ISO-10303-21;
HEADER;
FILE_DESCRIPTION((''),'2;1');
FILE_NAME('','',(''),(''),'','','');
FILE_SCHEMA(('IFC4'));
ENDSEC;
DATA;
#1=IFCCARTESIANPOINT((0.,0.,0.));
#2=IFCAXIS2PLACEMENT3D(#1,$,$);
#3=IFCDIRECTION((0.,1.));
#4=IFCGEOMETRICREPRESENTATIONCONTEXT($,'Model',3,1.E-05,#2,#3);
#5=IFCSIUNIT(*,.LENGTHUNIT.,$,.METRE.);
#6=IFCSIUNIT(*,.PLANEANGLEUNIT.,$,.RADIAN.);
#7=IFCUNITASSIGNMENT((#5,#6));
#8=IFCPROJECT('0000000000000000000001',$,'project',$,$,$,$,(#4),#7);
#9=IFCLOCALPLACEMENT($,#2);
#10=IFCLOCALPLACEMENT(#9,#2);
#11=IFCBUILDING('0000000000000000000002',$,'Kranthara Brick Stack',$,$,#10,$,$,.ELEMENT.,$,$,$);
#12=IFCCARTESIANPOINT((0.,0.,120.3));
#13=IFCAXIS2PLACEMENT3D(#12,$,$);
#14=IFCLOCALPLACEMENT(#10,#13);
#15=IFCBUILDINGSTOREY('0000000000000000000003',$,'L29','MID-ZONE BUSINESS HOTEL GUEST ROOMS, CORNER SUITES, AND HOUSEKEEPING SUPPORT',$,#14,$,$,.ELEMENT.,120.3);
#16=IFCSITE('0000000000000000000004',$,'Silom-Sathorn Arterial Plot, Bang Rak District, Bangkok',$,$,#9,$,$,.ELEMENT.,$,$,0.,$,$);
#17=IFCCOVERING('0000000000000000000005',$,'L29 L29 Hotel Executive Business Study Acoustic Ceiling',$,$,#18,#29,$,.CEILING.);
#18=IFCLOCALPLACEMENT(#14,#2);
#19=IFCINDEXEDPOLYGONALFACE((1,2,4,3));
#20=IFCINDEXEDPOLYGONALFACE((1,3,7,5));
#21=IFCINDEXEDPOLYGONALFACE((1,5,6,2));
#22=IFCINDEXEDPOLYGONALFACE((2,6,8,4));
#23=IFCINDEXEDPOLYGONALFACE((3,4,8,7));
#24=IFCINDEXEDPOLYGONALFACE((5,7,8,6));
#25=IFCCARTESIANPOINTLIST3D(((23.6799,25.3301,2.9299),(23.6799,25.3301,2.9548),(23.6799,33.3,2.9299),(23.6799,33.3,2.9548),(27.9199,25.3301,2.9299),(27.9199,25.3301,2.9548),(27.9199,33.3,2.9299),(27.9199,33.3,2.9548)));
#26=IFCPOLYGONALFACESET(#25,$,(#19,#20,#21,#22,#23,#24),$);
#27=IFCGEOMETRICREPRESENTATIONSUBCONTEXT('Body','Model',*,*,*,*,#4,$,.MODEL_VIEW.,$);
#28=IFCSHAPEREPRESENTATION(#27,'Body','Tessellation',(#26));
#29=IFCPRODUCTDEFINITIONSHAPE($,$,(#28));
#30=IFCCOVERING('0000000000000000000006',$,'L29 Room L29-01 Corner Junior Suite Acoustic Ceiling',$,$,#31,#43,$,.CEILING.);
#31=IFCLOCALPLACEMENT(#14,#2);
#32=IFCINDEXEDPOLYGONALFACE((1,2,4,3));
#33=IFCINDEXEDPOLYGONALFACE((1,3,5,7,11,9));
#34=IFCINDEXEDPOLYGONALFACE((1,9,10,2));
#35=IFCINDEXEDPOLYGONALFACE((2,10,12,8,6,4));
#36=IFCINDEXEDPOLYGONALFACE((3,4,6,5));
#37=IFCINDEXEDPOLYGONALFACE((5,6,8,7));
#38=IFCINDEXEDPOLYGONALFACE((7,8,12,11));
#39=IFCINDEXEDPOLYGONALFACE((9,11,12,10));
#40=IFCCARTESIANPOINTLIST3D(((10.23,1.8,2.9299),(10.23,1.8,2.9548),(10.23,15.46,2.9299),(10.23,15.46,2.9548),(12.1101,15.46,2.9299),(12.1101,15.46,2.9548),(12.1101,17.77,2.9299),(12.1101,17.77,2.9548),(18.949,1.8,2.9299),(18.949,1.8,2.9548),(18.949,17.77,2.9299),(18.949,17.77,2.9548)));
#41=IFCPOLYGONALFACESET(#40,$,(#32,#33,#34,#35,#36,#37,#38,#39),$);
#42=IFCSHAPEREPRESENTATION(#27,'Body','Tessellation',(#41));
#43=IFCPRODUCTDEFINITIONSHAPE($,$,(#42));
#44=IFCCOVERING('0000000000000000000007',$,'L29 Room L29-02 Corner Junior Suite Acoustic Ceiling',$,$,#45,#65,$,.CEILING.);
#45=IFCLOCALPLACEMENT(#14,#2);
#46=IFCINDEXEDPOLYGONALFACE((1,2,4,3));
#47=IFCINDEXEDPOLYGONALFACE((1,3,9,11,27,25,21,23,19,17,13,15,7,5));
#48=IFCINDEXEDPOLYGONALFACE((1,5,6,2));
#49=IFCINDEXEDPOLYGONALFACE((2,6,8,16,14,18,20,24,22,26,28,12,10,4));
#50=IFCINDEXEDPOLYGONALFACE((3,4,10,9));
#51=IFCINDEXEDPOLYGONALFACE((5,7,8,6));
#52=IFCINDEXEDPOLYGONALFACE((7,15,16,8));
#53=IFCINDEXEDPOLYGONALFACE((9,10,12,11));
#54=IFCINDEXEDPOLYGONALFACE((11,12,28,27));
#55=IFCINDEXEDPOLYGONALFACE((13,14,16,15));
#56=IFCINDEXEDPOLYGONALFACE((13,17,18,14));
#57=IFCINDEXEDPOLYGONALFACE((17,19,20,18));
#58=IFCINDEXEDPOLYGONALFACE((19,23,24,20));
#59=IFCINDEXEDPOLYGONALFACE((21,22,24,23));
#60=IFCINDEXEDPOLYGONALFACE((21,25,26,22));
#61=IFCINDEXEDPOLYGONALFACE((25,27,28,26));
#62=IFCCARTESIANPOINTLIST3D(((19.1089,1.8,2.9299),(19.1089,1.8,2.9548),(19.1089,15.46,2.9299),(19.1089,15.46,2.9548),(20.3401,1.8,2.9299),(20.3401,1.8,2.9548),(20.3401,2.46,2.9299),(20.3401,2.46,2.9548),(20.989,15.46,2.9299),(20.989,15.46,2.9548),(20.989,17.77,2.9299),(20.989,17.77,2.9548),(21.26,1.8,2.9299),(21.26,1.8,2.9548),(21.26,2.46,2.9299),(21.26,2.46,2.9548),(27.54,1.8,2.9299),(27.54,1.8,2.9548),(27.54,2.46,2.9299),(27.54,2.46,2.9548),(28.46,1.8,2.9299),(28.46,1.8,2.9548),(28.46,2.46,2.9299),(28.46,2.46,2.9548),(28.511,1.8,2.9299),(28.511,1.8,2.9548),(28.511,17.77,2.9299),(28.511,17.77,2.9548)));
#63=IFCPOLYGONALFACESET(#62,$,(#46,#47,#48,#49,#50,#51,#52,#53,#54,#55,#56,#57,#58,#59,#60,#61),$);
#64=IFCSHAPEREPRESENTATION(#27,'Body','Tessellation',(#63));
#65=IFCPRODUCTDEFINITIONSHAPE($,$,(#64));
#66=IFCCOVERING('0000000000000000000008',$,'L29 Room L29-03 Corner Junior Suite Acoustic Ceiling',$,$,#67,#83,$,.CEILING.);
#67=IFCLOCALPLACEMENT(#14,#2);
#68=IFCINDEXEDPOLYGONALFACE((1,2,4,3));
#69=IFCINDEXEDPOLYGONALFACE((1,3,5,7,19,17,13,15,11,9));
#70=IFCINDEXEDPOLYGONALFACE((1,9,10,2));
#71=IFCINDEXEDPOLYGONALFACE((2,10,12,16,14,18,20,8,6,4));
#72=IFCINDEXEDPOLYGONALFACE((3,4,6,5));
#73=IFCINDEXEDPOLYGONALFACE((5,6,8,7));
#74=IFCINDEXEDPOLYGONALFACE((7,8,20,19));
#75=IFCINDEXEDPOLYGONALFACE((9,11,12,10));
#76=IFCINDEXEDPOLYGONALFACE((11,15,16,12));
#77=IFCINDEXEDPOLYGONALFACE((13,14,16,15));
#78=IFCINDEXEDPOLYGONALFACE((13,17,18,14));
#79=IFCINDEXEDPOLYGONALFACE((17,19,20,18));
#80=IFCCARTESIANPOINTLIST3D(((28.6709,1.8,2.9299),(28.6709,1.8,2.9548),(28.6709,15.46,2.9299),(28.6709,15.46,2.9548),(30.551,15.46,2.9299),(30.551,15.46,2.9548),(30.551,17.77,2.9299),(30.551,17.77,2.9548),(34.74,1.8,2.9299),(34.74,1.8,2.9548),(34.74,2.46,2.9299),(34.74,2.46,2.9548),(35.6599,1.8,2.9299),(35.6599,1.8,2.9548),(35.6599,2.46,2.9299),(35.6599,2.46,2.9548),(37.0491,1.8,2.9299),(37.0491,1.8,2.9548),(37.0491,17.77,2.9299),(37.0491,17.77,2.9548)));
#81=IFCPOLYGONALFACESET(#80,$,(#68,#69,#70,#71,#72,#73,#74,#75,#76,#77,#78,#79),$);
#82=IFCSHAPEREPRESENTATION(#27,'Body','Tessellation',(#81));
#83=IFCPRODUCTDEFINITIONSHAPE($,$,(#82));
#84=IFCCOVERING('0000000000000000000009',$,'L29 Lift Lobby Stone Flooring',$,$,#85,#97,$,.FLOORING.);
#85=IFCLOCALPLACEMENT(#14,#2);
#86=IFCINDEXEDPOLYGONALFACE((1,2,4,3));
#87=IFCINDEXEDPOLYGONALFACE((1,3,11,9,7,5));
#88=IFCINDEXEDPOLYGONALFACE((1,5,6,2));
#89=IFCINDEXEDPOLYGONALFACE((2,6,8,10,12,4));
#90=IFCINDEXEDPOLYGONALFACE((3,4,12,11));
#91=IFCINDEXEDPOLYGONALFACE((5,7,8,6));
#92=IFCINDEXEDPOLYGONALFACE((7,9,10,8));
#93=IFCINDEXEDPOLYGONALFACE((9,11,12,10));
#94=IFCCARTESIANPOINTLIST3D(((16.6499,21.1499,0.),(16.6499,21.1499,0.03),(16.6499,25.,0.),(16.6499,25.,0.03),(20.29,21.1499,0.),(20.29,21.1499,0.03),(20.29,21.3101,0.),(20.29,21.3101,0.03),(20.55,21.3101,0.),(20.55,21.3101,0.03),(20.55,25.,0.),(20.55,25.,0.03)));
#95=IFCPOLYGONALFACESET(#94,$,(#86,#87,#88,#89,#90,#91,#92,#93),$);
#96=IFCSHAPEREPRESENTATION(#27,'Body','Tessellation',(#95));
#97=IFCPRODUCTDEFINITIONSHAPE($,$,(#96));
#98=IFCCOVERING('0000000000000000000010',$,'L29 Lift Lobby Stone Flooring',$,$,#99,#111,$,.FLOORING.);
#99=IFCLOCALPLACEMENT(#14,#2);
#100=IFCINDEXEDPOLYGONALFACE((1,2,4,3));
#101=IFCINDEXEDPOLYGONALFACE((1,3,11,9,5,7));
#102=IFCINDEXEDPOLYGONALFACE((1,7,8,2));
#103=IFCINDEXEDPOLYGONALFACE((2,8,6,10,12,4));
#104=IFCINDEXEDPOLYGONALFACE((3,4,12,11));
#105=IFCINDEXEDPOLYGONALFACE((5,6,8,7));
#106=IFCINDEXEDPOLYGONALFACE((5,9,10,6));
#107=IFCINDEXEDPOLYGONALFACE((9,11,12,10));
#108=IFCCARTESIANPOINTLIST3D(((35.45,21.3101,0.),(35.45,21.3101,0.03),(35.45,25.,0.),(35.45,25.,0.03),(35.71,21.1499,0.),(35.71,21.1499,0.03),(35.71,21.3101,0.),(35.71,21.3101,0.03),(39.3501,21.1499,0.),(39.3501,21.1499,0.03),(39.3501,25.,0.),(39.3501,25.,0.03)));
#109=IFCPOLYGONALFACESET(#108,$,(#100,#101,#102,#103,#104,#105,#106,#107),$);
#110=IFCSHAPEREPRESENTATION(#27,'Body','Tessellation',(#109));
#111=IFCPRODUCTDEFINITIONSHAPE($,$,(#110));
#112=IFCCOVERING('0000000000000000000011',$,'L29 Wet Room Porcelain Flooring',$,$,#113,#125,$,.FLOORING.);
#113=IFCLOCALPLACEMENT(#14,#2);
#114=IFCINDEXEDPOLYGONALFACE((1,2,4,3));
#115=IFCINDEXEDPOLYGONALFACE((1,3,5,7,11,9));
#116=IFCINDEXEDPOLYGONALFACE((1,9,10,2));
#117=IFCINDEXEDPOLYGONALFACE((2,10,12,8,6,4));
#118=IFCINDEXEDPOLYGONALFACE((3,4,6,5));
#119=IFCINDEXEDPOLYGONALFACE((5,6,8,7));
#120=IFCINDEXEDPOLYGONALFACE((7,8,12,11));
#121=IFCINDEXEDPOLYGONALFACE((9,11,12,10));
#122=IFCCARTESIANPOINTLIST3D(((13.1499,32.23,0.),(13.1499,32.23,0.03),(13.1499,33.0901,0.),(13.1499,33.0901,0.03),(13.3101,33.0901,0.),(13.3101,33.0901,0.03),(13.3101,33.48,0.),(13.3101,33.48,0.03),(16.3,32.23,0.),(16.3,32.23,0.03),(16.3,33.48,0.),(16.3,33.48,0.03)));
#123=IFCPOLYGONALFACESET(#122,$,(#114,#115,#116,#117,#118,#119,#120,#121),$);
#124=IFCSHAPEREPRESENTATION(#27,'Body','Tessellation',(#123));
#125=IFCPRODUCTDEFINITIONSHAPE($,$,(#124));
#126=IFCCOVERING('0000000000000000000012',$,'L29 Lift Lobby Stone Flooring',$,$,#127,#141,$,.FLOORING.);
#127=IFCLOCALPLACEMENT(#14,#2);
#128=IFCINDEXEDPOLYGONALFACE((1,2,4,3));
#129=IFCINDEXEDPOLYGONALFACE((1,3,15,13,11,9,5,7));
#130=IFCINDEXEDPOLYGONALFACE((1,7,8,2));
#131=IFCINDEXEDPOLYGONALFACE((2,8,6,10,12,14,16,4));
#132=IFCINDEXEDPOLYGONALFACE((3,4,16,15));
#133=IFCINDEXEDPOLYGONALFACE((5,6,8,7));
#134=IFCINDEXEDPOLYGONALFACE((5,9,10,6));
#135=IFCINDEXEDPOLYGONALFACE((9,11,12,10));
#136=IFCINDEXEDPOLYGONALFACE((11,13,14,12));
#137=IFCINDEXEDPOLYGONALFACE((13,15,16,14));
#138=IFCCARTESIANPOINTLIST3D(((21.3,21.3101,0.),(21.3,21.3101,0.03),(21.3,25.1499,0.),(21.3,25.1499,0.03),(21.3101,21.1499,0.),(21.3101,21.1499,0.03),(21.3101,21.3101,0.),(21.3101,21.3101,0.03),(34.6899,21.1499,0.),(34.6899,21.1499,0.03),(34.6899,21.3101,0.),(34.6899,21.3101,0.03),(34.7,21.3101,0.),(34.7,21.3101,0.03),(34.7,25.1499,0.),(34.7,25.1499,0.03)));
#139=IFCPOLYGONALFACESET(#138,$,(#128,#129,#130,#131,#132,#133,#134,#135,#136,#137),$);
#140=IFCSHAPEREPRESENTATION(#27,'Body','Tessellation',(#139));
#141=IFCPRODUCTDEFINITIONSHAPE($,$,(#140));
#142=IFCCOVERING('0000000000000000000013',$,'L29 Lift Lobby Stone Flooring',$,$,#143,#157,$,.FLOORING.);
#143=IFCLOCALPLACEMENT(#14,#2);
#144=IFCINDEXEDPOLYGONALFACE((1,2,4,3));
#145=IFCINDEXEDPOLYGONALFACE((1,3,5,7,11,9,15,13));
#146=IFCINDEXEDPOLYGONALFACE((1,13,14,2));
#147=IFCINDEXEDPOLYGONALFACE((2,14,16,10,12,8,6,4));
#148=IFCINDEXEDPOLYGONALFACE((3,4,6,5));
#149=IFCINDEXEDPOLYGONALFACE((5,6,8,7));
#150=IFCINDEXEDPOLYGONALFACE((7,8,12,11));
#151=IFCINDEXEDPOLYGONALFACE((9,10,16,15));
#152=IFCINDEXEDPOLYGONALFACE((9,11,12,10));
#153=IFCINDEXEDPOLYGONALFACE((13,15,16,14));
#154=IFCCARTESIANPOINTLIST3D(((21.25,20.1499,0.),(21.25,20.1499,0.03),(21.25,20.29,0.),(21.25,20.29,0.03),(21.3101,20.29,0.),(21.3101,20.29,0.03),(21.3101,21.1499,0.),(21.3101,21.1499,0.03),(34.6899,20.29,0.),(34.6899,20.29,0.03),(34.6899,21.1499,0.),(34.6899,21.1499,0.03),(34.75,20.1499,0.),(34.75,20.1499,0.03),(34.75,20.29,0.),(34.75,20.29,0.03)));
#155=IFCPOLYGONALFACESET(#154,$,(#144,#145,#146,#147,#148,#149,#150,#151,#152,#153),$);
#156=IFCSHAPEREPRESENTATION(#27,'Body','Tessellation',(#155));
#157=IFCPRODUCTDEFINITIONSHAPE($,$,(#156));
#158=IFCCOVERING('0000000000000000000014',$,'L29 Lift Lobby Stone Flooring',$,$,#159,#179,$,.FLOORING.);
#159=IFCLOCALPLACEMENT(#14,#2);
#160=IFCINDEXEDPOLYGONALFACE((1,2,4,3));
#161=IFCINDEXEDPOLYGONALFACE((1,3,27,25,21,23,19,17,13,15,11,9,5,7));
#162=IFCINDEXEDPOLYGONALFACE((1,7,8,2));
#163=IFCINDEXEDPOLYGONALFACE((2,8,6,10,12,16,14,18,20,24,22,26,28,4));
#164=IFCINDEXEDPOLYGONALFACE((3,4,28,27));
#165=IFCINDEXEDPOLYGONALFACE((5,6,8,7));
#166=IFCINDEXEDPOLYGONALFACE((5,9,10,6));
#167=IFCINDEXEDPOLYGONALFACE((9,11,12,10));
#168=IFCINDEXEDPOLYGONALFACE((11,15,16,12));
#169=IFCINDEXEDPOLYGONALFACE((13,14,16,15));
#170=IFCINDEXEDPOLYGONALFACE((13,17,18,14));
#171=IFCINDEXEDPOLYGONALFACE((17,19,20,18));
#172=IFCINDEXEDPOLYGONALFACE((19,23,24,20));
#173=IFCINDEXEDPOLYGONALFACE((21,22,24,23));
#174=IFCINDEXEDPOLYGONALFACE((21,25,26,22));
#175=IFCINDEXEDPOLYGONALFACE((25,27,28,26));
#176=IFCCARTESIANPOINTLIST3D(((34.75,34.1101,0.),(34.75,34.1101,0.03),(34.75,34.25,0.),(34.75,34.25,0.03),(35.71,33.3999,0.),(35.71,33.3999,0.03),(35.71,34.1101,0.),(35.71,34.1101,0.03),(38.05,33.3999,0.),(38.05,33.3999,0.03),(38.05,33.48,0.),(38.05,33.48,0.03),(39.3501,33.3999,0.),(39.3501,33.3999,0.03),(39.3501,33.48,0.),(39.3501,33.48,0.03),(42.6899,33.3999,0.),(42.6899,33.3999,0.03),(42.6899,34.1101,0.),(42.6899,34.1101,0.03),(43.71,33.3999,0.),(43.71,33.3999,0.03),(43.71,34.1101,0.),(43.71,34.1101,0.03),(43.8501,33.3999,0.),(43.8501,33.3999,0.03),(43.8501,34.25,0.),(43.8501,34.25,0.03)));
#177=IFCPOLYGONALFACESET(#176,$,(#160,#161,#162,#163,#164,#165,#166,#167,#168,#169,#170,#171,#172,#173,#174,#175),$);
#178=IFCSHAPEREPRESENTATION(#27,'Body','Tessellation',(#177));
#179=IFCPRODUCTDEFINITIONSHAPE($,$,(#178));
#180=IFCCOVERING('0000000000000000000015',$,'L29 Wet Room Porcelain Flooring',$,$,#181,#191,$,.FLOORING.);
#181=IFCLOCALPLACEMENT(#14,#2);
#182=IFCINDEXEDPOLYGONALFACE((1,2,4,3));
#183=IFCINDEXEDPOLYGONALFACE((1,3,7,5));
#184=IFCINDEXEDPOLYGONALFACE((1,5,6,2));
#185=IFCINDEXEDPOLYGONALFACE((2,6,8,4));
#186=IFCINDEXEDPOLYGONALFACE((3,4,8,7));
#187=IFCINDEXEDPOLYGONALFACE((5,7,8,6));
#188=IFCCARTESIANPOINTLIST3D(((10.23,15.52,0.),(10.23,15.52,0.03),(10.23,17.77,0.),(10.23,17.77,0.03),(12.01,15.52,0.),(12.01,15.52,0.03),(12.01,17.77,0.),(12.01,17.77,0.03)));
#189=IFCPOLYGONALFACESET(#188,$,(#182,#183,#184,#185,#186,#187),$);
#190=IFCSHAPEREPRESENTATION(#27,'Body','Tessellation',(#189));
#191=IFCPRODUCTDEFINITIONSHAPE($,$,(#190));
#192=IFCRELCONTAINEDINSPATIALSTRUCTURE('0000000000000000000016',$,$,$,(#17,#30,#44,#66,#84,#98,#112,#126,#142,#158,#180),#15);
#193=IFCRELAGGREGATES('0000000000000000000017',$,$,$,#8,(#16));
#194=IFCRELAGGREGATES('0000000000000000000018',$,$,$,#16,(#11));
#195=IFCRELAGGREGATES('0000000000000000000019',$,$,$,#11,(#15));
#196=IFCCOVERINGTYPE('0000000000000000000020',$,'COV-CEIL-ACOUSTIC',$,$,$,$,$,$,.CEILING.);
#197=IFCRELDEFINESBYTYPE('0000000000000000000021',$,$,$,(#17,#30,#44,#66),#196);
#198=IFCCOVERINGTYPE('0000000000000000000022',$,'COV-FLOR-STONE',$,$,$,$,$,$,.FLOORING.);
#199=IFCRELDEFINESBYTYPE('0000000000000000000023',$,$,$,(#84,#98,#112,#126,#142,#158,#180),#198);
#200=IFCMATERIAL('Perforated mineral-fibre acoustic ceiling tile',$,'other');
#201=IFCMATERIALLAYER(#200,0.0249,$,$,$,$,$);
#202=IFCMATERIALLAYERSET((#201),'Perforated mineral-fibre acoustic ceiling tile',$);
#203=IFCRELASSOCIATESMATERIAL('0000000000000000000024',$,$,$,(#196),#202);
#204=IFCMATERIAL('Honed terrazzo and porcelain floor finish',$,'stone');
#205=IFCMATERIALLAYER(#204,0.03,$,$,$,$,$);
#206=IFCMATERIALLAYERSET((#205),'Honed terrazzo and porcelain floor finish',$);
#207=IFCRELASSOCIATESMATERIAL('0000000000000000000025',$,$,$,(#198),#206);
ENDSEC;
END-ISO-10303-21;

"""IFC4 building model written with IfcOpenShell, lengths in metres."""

from ifc_helpers import new_model, si_unit, direction, frame, origin, place, context, subcontext, project, spatial, polyline, outline, extrude, material, layer, layer_set, type_object, element, save


model = new_model("IFC4")

# Units and contexts
model_context = context("Model", 3, precision=1e-05, world=origin(), true_north=direction((0.0, 1.0)))
body_context = subcontext(model_context, "Body", "Model", "MODEL_VIEW")
ifc_project = project(units=[si_unit("LENGTHUNIT", "METRE"), si_unit("PLANEANGLEUNIT", "RADIAN")], contexts=[model_context])

# Site, building, storey
site_placement = place(None, origin())
site = spatial("IfcSite", under=ifc_project, at=site_placement, Name="Silom-Sathorn Arterial Plot, Bang Rak District, Bangkok", CompositionType="ELEMENT", RefElevation=0.0)
building_placement = place(site_placement, origin())
building = spatial("IfcBuilding", under=site, at=building_placement, Name="Kranthara Brick Stack", CompositionType="ELEMENT")
storey_placement = place(building_placement, frame((0.0, 0.0, 120.3)))
storey = spatial("IfcBuildingStorey", under=building, at=storey_placement, Name="L29", Description="MID-ZONE BUSINESS HOTEL GUEST ROOMS, CORNER SUITES, AND HOUSEKEEPING SUPPORT", CompositionType="ELEMENT", Elevation=120.3)

# Coverings
ifc_material_1 = material(Name="Perforated mineral-fibre acoustic ceiling tile", Category="other")
ifc_layer_1 = layer(ifc_material_1, 0.0249)
ifc_layer_set_1 = layer_set([ifc_layer_1], Name="Perforated mineral-fibre acoustic ceiling tile")
covering_type_1 = type_object("IfcCoveringType", Name="COV-CEIL-ACOUSTIC", PredefinedType="CEILING", material=ifc_layer_set_1)
covering_1_placement = place(storey_placement, frame((0.0, 0.0, 2.9299)))
element("IfcCovering", 1, at=covering_1_placement, inside=storey, type_object=covering_type_1, Name="L29 L29 Hotel Executive Business Study Acoustic Ceiling", PredefinedType="CEILING", context=body_context, shape_type="SweptSolid", body=[
    extrude(outline(polyline([(27.9199, 25.3301), (27.9199, 33.3), (23.6799, 33.3), (23.6799, 25.3301), (27.9199, 25.3301)])), origin(), (0.0, 0.0, 1.0), 0.0249),
])
covering_2_placement = place(storey_placement, frame((0.0, 0.0, 2.9299)))
element("IfcCovering", 2, at=covering_2_placement, inside=storey, type_object=covering_type_1, Name="L29 Room L29-01 Corner Junior Suite Acoustic Ceiling", PredefinedType="CEILING", context=body_context, shape_type="SweptSolid", body=[
    extrude(outline(polyline([(10.23, 1.8), (18.949, 1.8), (18.949, 17.77), (12.1101, 17.77), (12.1101, 15.46), (10.23, 15.46), (10.23, 1.8)])), origin(), (0.0, 0.0, 1.0), 0.0249),
])
covering_3_placement = place(storey_placement, frame((0.0, 0.0, 2.9299)))
element("IfcCovering", 3, at=covering_3_placement, inside=storey, type_object=covering_type_1, Name="L29 Room L29-02 Corner Junior Suite Acoustic Ceiling", PredefinedType="CEILING", context=body_context, shape_type="SweptSolid", body=[
    extrude(outline(polyline([(19.1089, 15.46), (20.989, 15.46), (20.989, 17.77), (28.511, 17.77), (28.511, 1.8), (28.46, 1.8), (28.46, 2.46), (27.54, 2.46), (27.54, 1.8), (21.26, 1.8), (21.26, 2.46), (20.3401, 2.46), (20.3401, 1.8), (19.1089, 1.8), (19.1089, 15.46)])), origin(), (0.0, 0.0, 1.0), 0.0249),
])
covering_4_placement = place(storey_placement, frame((0.0, 0.0, 2.9299)))
element("IfcCovering", 4, at=covering_4_placement, inside=storey, type_object=covering_type_1, Name="L29 Room L29-03 Corner Junior Suite Acoustic Ceiling", PredefinedType="CEILING", context=body_context, shape_type="SweptSolid", body=[
    extrude(outline(polyline([(28.6709, 1.8), (28.6709, 15.46), (30.551, 15.46), (30.551, 17.77), (37.0491, 17.77), (37.0491, 1.8), (35.6599, 1.8), (35.6599, 2.46), (34.74, 2.46), (34.74, 1.8), (28.6709, 1.8)])), origin(), (0.0, 0.0, 1.0), 0.0249),
])
ifc_material_2 = material(Name="Honed terrazzo and porcelain floor finish", Category="stone")
ifc_layer_2 = layer(ifc_material_2, 0.03)
ifc_layer_set_2 = layer_set([ifc_layer_2], Name="Honed terrazzo and porcelain floor finish")
covering_type_2 = type_object("IfcCoveringType", Name="COV-FLOR-STONE", PredefinedType="FLOORING", material=ifc_layer_set_2)
covering_5_placement = place(storey_placement, origin())
element("IfcCovering", 5, at=covering_5_placement, inside=storey, type_object=covering_type_2, Name="L29 Lift Lobby Stone Flooring", PredefinedType="FLOORING", context=body_context, shape_type="SweptSolid", body=[
    extrude(outline(polyline([(16.6499, 21.1499), (16.6499, 25.0), (20.55, 25.0), (20.55, 21.3101), (20.29, 21.3101), (20.29, 21.1499), (16.6499, 21.1499)])), origin(), (0.0, 0.0, 1.0), 0.03),
])
covering_6_placement = place(storey_placement, origin())
element("IfcCovering", 6, at=covering_6_placement, inside=storey, type_object=covering_type_2, Name="L29 Lift Lobby Stone Flooring", PredefinedType="FLOORING", context=body_context, shape_type="SweptSolid", body=[
    extrude(outline(polyline([(35.45, 25.0), (39.3501, 25.0), (39.3501, 21.1499), (35.71, 21.1499), (35.71, 21.3101), (35.45, 21.3101), (35.45, 25.0)])), origin(), (0.0, 0.0, 1.0), 0.03),
])
covering_7_placement = place(storey_placement, origin())
element("IfcCovering", 7, at=covering_7_placement, inside=storey, type_object=covering_type_2, Name="L29 Wet Room Porcelain Flooring", PredefinedType="FLOORING", context=body_context, shape_type="SweptSolid", body=[
    extrude(outline(polyline([(16.3, 33.48), (16.3, 32.23), (13.1499, 32.23), (13.1499, 33.0901), (13.3101, 33.0901), (13.3101, 33.48), (16.3, 33.48)])), origin(), (0.0, 0.0, 1.0), 0.03),
])
covering_8_placement = place(storey_placement, origin())
element("IfcCovering", 8, at=covering_8_placement, inside=storey, type_object=covering_type_2, Name="L29 Lift Lobby Stone Flooring", PredefinedType="FLOORING", context=body_context, shape_type="SweptSolid", body=[
    extrude(outline(polyline([(34.7, 25.1499), (34.7, 21.3101), (34.6899, 21.3101), (34.6899, 21.1499), (21.3101, 21.1499), (21.3101, 21.3101), (21.3, 21.3101), (21.3, 25.1499), (34.7, 25.1499)])), origin(), (0.0, 0.0, 1.0), 0.03),
])
covering_9_placement = place(storey_placement, origin())
element("IfcCovering", 9, at=covering_9_placement, inside=storey, type_object=covering_type_2, Name="L29 Lift Lobby Stone Flooring", PredefinedType="FLOORING", context=body_context, shape_type="SweptSolid", body=[
    extrude(outline(polyline([(21.25, 20.29), (21.3101, 20.29), (21.3101, 21.1499), (34.6899, 21.1499), (34.6899, 20.29), (34.75, 20.29), (34.75, 20.1499), (21.25, 20.1499), (21.25, 20.29)])), origin(), (0.0, 0.0, 1.0), 0.03),
])
covering_10_placement = place(storey_placement, origin())
element("IfcCovering", 10, at=covering_10_placement, inside=storey, type_object=covering_type_2, Name="L29 Lift Lobby Stone Flooring", PredefinedType="FLOORING", context=body_context, shape_type="SweptSolid", body=[
    extrude(outline(polyline([(43.71, 33.3999), (43.71, 34.1101), (42.6899, 34.1101), (42.6899, 33.3999), (39.3501, 33.3999), (39.3501, 33.48), (38.05, 33.48), (38.05, 33.3999), (35.71, 33.3999), (35.71, 34.1101), (34.75, 34.1101), (34.75, 34.25), (43.8501, 34.25), (43.8501, 33.3999), (43.71, 33.3999)])), origin(), (0.0, 0.0, 1.0), 0.03),
])
covering_11_placement = place(storey_placement, origin())
element("IfcCovering", 11, at=covering_11_placement, inside=storey, type_object=covering_type_2, Name="L29 Wet Room Porcelain Flooring", PredefinedType="FLOORING", context=body_context, shape_type="SweptSolid", body=[
    extrude(outline(polyline([(10.23, 15.52), (10.23, 17.77), (12.01, 17.77), (12.01, 15.52), (10.23, 15.52)])), origin(), (0.0, 0.0, 1.0), 0.03),
])

save(model, "model.ifc")
